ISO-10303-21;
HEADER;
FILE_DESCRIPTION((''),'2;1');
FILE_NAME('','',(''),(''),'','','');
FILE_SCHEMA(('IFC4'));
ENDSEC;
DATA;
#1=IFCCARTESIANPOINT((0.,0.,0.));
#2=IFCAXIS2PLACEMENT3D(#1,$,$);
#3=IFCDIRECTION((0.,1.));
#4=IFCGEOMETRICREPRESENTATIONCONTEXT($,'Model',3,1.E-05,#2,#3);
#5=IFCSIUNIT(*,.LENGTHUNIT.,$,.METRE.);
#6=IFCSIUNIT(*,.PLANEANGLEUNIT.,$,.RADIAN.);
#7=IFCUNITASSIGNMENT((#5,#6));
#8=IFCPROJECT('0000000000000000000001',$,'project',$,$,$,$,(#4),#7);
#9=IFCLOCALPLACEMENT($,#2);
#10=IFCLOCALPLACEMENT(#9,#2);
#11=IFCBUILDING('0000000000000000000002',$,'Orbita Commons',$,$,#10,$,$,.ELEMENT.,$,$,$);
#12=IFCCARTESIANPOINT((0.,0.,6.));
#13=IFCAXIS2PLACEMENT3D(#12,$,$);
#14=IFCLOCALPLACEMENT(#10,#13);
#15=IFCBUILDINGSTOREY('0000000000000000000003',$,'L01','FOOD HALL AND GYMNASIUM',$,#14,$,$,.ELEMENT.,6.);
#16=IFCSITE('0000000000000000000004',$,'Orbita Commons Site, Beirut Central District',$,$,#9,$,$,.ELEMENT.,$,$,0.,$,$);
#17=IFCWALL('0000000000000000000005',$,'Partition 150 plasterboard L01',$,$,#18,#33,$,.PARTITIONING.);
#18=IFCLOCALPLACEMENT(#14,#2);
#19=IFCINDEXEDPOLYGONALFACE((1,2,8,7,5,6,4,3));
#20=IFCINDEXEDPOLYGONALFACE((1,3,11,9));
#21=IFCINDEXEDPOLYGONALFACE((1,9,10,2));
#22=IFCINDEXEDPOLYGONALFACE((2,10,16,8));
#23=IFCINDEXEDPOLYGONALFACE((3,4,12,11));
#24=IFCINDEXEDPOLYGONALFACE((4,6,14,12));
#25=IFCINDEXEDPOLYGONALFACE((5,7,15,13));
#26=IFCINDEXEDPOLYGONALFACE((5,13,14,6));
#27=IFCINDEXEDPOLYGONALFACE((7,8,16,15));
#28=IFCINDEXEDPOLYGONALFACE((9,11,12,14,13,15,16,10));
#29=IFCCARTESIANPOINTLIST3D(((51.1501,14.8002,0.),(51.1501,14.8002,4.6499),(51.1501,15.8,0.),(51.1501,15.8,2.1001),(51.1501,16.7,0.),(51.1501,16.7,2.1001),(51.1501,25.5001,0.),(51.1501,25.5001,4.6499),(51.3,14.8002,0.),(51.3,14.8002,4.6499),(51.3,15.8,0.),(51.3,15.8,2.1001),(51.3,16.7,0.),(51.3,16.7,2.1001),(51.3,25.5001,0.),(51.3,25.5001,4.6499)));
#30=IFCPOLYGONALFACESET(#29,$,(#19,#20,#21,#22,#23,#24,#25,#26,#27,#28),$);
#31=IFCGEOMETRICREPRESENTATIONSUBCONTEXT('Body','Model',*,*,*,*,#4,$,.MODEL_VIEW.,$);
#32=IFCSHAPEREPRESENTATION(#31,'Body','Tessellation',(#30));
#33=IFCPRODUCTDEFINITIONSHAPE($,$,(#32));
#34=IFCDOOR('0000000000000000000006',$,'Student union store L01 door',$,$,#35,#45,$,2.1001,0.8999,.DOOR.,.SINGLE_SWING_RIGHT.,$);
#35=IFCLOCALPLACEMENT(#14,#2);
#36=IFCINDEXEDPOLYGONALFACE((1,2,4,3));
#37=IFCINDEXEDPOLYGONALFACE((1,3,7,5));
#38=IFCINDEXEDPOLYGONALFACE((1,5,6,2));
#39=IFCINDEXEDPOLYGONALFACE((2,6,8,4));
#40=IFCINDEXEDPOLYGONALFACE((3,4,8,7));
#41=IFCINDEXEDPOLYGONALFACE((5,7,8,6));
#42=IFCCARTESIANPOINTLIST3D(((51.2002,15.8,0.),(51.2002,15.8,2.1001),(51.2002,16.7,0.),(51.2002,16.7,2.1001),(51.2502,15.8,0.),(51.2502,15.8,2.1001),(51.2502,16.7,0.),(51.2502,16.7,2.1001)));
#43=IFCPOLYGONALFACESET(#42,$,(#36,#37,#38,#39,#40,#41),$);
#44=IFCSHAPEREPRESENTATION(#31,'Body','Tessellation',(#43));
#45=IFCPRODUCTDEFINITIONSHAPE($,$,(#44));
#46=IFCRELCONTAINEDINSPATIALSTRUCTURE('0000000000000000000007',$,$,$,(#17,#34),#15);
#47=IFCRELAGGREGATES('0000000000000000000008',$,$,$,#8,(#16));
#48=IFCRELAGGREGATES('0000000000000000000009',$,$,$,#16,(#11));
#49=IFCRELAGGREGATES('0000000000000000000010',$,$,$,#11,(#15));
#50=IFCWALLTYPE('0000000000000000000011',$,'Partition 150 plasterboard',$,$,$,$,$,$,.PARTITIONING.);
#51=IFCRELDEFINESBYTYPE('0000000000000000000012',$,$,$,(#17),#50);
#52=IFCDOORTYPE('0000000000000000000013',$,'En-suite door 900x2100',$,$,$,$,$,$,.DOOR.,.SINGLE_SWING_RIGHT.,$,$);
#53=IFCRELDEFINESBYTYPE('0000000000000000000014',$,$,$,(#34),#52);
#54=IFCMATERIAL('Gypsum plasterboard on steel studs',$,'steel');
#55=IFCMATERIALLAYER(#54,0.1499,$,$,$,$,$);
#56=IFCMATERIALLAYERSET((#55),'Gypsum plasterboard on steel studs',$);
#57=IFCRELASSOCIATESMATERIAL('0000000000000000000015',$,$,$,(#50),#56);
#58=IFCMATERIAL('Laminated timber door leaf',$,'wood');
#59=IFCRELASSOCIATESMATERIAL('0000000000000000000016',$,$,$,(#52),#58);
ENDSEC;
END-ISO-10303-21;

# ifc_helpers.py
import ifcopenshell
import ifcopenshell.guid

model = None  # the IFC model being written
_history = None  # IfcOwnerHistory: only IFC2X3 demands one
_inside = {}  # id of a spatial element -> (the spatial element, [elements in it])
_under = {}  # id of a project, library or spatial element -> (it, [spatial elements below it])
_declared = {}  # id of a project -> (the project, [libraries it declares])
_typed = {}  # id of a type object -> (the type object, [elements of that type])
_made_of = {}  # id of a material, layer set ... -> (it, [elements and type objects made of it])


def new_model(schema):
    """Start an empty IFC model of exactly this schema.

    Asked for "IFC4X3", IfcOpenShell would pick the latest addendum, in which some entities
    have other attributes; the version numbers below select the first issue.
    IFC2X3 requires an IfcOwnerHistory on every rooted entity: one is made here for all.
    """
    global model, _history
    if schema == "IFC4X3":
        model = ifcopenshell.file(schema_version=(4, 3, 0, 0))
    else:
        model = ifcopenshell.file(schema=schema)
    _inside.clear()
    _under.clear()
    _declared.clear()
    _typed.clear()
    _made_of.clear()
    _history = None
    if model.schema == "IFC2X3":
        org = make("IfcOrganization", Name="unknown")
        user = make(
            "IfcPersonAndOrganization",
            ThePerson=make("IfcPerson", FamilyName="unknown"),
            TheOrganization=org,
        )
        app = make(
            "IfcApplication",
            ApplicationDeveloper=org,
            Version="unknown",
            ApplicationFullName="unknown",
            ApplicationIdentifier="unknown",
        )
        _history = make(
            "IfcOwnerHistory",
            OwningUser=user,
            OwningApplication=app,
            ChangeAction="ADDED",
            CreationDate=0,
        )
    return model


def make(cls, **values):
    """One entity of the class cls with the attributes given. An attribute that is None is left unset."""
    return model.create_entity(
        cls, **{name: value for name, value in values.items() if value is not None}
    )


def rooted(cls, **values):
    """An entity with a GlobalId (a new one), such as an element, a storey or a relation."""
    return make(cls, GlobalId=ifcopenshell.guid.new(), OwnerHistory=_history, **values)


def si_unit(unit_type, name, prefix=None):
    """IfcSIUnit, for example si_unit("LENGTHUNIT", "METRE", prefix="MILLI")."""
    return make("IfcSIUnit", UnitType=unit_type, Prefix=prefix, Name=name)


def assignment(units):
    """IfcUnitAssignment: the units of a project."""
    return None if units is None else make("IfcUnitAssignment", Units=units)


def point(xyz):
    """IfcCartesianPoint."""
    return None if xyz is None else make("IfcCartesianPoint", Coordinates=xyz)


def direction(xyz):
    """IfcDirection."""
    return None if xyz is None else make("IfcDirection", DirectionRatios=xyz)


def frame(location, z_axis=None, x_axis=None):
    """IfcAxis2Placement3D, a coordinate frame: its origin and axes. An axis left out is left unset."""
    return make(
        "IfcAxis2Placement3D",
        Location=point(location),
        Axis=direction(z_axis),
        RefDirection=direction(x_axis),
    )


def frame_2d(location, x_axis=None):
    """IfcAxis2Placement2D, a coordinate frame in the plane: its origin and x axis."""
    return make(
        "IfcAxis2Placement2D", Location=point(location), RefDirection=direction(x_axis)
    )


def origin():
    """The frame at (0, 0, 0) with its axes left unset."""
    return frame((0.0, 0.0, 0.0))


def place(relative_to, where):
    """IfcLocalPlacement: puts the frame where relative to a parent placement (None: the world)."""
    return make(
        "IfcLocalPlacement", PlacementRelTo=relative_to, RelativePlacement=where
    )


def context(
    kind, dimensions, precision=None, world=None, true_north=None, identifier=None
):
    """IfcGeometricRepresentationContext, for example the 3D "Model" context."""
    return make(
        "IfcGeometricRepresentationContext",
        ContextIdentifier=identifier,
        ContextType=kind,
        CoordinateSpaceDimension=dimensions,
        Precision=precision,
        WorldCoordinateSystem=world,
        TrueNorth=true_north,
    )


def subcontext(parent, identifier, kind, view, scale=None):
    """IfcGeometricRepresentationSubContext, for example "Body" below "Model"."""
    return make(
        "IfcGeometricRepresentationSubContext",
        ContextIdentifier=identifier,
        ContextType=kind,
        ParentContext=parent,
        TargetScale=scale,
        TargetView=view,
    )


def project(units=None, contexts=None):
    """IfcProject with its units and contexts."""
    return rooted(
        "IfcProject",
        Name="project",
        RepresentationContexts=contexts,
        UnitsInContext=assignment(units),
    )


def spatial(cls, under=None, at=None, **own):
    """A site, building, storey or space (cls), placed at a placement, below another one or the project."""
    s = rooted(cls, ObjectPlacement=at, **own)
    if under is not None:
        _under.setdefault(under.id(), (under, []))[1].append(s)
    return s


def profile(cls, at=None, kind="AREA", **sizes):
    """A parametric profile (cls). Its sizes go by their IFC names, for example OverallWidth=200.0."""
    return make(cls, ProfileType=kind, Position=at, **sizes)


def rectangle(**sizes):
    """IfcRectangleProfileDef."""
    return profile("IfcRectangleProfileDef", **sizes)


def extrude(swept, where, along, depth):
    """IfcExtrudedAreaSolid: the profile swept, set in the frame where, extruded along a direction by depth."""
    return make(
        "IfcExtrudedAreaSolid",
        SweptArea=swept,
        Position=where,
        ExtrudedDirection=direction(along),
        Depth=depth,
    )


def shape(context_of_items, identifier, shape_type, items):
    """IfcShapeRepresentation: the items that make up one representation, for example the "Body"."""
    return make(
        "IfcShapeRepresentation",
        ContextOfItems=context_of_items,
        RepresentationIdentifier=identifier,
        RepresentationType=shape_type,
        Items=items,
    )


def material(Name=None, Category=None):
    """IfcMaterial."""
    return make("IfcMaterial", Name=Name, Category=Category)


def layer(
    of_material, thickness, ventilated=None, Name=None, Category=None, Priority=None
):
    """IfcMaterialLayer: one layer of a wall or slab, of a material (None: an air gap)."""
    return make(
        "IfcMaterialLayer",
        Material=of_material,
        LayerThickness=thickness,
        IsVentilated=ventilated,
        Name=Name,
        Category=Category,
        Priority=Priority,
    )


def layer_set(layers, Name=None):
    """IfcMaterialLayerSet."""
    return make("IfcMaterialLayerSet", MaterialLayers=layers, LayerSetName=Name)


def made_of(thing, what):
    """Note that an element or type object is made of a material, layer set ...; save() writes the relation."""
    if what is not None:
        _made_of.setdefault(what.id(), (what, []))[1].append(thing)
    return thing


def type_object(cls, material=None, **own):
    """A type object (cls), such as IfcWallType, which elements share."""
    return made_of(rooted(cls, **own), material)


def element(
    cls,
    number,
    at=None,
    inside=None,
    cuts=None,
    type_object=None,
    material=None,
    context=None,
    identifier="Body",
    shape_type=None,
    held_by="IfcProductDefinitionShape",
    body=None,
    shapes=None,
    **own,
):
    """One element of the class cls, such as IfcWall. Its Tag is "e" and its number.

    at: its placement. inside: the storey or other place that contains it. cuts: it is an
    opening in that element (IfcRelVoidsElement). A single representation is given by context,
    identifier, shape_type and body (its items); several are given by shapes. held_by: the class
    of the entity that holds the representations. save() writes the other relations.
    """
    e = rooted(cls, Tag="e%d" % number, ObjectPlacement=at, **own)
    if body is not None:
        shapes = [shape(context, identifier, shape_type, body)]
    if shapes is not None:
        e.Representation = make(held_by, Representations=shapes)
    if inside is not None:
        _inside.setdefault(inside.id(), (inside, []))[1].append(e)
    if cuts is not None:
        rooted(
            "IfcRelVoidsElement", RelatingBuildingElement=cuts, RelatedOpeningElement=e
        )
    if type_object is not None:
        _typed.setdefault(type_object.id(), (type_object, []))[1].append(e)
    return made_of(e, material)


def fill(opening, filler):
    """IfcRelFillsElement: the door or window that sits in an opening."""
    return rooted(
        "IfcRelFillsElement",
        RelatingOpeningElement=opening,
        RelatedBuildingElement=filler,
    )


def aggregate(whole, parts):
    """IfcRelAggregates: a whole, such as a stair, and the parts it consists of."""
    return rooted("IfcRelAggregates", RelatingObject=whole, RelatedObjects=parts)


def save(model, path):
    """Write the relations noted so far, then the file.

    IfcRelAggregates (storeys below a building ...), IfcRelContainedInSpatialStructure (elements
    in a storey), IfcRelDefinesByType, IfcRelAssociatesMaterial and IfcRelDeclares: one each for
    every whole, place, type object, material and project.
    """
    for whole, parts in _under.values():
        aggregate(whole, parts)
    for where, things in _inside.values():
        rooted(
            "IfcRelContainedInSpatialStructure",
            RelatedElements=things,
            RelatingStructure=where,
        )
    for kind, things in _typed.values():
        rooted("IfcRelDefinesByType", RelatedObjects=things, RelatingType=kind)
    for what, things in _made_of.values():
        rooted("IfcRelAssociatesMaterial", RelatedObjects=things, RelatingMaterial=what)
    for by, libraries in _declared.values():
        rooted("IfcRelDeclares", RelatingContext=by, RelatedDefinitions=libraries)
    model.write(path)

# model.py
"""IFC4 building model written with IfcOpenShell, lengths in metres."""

from ifc_helpers import new_model, si_unit, direction, frame, frame_2d, origin, place, context, subcontext, project, spatial, rectangle, extrude, material, layer, layer_set, type_object, element, fill, save


model = new_model("IFC4")

# Units and contexts
model_context = context("Model", 3, precision=1e-05, world=origin(), true_north=direction((0.0, 1.0)))
body_context = subcontext(model_context, "Body", "Model", "MODEL_VIEW")
ifc_project = project(units=[si_unit("LENGTHUNIT", "METRE"), si_unit("PLANEANGLEUNIT", "RADIAN")], contexts=[model_context])

# Site, building, storey
site_placement = place(None, origin())
site = spatial("IfcSite", under=ifc_project, at=site_placement, Name="Orbita Commons Site, Beirut Central District", CompositionType="ELEMENT", RefElevation=0.0)
building_placement = place(site_placement, origin())
building = spatial("IfcBuilding", under=site, at=building_placement, Name="Orbita Commons", CompositionType="ELEMENT")
storey_placement = place(building_placement, frame((0.0, 0.0, 6.0)))
storey = spatial("IfcBuildingStorey", under=building, at=storey_placement, Name="L01", Description="FOOD HALL AND GYMNASIUM", CompositionType="ELEMENT", Elevation=6.0)

# Wall, opening, door
ifc_material_1 = material(Name="Gypsum plasterboard on steel studs", Category="steel")
ifc_layer_1 = layer(ifc_material_1, 0.1499)
ifc_layer_set_1 = layer_set([ifc_layer_1], Name="Gypsum plasterboard on steel studs")
wall_type_1 = type_object("IfcWallType", Name="Partition 150 plasterboard", PredefinedType="PARTITIONING", material=ifc_layer_set_1)
ifc_material_2 = material(Name="Laminated timber door leaf", Category="wood")
door_type_1 = type_object("IfcDoorType", Name="En-suite door 900x2100", OperationType="SINGLE_SWING_RIGHT", PredefinedType="DOOR", material=ifc_material_2)
wall_1_placement = place(storey_placement, frame((51.2251, 14.8, 0.0), z_axis=(0.0, 0.0, 1.0), x_axis=(0.0, 1.0, 0.0)))
wall_1 = element("IfcWall", 1, at=wall_1_placement, inside=storey, type_object=wall_type_1, Name="Partition 150 plasterboard L01", PredefinedType="PARTITIONING", context=body_context, shape_type="SweptSolid", body=[
    extrude(rectangle(XDim=10.7, YDim=0.1499, at=frame_2d((5.3501, 0.0))), origin(), (0.0, 0.0, 1.0), 4.6499),
])
opening_1_placement = place(wall_1_placement, frame((1.0, 0.0, 0.0)))
opening_1 = element("IfcOpeningElement", 2, at=opening_1_placement, cuts=wall_1, PredefinedType="OPENING", context=body_context, shape_type="SweptSolid", body=[
    extrude(rectangle(XDim=0.8999, YDim=2.1001, at=frame_2d((0.45, 1.05))), frame((0.0, 0.085, 0.0), z_axis=(0.0, -1.0, 0.0), x_axis=(1.0, 0.0, 0.0)), (0.0, 0.0, 1.0), 0.1699),
])
door_1_placement = place(opening_1_placement, origin())
door_1 = element("IfcDoor", 3, at=door_1_placement, inside=storey, type_object=door_type_1, Name="Student union store L01 door", OperationType="SINGLE_SWING_RIGHT", OverallHeight=2.1001, OverallWidth=0.8999, PredefinedType="DOOR", context=body_context, shape_type="SweptSolid", body=[
    extrude(rectangle(XDim=0.8999, YDim=2.1001, at=frame_2d((0.45, 1.05))), frame((0.0, 0.0249, 0.0), z_axis=(0.0, -1.0, 0.0), x_axis=(1.0, 0.0, 0.0)), (0.0, 0.0, 1.0), 0.05),
])
fill(opening_1, door_1)

save(model, "model.ifc")
